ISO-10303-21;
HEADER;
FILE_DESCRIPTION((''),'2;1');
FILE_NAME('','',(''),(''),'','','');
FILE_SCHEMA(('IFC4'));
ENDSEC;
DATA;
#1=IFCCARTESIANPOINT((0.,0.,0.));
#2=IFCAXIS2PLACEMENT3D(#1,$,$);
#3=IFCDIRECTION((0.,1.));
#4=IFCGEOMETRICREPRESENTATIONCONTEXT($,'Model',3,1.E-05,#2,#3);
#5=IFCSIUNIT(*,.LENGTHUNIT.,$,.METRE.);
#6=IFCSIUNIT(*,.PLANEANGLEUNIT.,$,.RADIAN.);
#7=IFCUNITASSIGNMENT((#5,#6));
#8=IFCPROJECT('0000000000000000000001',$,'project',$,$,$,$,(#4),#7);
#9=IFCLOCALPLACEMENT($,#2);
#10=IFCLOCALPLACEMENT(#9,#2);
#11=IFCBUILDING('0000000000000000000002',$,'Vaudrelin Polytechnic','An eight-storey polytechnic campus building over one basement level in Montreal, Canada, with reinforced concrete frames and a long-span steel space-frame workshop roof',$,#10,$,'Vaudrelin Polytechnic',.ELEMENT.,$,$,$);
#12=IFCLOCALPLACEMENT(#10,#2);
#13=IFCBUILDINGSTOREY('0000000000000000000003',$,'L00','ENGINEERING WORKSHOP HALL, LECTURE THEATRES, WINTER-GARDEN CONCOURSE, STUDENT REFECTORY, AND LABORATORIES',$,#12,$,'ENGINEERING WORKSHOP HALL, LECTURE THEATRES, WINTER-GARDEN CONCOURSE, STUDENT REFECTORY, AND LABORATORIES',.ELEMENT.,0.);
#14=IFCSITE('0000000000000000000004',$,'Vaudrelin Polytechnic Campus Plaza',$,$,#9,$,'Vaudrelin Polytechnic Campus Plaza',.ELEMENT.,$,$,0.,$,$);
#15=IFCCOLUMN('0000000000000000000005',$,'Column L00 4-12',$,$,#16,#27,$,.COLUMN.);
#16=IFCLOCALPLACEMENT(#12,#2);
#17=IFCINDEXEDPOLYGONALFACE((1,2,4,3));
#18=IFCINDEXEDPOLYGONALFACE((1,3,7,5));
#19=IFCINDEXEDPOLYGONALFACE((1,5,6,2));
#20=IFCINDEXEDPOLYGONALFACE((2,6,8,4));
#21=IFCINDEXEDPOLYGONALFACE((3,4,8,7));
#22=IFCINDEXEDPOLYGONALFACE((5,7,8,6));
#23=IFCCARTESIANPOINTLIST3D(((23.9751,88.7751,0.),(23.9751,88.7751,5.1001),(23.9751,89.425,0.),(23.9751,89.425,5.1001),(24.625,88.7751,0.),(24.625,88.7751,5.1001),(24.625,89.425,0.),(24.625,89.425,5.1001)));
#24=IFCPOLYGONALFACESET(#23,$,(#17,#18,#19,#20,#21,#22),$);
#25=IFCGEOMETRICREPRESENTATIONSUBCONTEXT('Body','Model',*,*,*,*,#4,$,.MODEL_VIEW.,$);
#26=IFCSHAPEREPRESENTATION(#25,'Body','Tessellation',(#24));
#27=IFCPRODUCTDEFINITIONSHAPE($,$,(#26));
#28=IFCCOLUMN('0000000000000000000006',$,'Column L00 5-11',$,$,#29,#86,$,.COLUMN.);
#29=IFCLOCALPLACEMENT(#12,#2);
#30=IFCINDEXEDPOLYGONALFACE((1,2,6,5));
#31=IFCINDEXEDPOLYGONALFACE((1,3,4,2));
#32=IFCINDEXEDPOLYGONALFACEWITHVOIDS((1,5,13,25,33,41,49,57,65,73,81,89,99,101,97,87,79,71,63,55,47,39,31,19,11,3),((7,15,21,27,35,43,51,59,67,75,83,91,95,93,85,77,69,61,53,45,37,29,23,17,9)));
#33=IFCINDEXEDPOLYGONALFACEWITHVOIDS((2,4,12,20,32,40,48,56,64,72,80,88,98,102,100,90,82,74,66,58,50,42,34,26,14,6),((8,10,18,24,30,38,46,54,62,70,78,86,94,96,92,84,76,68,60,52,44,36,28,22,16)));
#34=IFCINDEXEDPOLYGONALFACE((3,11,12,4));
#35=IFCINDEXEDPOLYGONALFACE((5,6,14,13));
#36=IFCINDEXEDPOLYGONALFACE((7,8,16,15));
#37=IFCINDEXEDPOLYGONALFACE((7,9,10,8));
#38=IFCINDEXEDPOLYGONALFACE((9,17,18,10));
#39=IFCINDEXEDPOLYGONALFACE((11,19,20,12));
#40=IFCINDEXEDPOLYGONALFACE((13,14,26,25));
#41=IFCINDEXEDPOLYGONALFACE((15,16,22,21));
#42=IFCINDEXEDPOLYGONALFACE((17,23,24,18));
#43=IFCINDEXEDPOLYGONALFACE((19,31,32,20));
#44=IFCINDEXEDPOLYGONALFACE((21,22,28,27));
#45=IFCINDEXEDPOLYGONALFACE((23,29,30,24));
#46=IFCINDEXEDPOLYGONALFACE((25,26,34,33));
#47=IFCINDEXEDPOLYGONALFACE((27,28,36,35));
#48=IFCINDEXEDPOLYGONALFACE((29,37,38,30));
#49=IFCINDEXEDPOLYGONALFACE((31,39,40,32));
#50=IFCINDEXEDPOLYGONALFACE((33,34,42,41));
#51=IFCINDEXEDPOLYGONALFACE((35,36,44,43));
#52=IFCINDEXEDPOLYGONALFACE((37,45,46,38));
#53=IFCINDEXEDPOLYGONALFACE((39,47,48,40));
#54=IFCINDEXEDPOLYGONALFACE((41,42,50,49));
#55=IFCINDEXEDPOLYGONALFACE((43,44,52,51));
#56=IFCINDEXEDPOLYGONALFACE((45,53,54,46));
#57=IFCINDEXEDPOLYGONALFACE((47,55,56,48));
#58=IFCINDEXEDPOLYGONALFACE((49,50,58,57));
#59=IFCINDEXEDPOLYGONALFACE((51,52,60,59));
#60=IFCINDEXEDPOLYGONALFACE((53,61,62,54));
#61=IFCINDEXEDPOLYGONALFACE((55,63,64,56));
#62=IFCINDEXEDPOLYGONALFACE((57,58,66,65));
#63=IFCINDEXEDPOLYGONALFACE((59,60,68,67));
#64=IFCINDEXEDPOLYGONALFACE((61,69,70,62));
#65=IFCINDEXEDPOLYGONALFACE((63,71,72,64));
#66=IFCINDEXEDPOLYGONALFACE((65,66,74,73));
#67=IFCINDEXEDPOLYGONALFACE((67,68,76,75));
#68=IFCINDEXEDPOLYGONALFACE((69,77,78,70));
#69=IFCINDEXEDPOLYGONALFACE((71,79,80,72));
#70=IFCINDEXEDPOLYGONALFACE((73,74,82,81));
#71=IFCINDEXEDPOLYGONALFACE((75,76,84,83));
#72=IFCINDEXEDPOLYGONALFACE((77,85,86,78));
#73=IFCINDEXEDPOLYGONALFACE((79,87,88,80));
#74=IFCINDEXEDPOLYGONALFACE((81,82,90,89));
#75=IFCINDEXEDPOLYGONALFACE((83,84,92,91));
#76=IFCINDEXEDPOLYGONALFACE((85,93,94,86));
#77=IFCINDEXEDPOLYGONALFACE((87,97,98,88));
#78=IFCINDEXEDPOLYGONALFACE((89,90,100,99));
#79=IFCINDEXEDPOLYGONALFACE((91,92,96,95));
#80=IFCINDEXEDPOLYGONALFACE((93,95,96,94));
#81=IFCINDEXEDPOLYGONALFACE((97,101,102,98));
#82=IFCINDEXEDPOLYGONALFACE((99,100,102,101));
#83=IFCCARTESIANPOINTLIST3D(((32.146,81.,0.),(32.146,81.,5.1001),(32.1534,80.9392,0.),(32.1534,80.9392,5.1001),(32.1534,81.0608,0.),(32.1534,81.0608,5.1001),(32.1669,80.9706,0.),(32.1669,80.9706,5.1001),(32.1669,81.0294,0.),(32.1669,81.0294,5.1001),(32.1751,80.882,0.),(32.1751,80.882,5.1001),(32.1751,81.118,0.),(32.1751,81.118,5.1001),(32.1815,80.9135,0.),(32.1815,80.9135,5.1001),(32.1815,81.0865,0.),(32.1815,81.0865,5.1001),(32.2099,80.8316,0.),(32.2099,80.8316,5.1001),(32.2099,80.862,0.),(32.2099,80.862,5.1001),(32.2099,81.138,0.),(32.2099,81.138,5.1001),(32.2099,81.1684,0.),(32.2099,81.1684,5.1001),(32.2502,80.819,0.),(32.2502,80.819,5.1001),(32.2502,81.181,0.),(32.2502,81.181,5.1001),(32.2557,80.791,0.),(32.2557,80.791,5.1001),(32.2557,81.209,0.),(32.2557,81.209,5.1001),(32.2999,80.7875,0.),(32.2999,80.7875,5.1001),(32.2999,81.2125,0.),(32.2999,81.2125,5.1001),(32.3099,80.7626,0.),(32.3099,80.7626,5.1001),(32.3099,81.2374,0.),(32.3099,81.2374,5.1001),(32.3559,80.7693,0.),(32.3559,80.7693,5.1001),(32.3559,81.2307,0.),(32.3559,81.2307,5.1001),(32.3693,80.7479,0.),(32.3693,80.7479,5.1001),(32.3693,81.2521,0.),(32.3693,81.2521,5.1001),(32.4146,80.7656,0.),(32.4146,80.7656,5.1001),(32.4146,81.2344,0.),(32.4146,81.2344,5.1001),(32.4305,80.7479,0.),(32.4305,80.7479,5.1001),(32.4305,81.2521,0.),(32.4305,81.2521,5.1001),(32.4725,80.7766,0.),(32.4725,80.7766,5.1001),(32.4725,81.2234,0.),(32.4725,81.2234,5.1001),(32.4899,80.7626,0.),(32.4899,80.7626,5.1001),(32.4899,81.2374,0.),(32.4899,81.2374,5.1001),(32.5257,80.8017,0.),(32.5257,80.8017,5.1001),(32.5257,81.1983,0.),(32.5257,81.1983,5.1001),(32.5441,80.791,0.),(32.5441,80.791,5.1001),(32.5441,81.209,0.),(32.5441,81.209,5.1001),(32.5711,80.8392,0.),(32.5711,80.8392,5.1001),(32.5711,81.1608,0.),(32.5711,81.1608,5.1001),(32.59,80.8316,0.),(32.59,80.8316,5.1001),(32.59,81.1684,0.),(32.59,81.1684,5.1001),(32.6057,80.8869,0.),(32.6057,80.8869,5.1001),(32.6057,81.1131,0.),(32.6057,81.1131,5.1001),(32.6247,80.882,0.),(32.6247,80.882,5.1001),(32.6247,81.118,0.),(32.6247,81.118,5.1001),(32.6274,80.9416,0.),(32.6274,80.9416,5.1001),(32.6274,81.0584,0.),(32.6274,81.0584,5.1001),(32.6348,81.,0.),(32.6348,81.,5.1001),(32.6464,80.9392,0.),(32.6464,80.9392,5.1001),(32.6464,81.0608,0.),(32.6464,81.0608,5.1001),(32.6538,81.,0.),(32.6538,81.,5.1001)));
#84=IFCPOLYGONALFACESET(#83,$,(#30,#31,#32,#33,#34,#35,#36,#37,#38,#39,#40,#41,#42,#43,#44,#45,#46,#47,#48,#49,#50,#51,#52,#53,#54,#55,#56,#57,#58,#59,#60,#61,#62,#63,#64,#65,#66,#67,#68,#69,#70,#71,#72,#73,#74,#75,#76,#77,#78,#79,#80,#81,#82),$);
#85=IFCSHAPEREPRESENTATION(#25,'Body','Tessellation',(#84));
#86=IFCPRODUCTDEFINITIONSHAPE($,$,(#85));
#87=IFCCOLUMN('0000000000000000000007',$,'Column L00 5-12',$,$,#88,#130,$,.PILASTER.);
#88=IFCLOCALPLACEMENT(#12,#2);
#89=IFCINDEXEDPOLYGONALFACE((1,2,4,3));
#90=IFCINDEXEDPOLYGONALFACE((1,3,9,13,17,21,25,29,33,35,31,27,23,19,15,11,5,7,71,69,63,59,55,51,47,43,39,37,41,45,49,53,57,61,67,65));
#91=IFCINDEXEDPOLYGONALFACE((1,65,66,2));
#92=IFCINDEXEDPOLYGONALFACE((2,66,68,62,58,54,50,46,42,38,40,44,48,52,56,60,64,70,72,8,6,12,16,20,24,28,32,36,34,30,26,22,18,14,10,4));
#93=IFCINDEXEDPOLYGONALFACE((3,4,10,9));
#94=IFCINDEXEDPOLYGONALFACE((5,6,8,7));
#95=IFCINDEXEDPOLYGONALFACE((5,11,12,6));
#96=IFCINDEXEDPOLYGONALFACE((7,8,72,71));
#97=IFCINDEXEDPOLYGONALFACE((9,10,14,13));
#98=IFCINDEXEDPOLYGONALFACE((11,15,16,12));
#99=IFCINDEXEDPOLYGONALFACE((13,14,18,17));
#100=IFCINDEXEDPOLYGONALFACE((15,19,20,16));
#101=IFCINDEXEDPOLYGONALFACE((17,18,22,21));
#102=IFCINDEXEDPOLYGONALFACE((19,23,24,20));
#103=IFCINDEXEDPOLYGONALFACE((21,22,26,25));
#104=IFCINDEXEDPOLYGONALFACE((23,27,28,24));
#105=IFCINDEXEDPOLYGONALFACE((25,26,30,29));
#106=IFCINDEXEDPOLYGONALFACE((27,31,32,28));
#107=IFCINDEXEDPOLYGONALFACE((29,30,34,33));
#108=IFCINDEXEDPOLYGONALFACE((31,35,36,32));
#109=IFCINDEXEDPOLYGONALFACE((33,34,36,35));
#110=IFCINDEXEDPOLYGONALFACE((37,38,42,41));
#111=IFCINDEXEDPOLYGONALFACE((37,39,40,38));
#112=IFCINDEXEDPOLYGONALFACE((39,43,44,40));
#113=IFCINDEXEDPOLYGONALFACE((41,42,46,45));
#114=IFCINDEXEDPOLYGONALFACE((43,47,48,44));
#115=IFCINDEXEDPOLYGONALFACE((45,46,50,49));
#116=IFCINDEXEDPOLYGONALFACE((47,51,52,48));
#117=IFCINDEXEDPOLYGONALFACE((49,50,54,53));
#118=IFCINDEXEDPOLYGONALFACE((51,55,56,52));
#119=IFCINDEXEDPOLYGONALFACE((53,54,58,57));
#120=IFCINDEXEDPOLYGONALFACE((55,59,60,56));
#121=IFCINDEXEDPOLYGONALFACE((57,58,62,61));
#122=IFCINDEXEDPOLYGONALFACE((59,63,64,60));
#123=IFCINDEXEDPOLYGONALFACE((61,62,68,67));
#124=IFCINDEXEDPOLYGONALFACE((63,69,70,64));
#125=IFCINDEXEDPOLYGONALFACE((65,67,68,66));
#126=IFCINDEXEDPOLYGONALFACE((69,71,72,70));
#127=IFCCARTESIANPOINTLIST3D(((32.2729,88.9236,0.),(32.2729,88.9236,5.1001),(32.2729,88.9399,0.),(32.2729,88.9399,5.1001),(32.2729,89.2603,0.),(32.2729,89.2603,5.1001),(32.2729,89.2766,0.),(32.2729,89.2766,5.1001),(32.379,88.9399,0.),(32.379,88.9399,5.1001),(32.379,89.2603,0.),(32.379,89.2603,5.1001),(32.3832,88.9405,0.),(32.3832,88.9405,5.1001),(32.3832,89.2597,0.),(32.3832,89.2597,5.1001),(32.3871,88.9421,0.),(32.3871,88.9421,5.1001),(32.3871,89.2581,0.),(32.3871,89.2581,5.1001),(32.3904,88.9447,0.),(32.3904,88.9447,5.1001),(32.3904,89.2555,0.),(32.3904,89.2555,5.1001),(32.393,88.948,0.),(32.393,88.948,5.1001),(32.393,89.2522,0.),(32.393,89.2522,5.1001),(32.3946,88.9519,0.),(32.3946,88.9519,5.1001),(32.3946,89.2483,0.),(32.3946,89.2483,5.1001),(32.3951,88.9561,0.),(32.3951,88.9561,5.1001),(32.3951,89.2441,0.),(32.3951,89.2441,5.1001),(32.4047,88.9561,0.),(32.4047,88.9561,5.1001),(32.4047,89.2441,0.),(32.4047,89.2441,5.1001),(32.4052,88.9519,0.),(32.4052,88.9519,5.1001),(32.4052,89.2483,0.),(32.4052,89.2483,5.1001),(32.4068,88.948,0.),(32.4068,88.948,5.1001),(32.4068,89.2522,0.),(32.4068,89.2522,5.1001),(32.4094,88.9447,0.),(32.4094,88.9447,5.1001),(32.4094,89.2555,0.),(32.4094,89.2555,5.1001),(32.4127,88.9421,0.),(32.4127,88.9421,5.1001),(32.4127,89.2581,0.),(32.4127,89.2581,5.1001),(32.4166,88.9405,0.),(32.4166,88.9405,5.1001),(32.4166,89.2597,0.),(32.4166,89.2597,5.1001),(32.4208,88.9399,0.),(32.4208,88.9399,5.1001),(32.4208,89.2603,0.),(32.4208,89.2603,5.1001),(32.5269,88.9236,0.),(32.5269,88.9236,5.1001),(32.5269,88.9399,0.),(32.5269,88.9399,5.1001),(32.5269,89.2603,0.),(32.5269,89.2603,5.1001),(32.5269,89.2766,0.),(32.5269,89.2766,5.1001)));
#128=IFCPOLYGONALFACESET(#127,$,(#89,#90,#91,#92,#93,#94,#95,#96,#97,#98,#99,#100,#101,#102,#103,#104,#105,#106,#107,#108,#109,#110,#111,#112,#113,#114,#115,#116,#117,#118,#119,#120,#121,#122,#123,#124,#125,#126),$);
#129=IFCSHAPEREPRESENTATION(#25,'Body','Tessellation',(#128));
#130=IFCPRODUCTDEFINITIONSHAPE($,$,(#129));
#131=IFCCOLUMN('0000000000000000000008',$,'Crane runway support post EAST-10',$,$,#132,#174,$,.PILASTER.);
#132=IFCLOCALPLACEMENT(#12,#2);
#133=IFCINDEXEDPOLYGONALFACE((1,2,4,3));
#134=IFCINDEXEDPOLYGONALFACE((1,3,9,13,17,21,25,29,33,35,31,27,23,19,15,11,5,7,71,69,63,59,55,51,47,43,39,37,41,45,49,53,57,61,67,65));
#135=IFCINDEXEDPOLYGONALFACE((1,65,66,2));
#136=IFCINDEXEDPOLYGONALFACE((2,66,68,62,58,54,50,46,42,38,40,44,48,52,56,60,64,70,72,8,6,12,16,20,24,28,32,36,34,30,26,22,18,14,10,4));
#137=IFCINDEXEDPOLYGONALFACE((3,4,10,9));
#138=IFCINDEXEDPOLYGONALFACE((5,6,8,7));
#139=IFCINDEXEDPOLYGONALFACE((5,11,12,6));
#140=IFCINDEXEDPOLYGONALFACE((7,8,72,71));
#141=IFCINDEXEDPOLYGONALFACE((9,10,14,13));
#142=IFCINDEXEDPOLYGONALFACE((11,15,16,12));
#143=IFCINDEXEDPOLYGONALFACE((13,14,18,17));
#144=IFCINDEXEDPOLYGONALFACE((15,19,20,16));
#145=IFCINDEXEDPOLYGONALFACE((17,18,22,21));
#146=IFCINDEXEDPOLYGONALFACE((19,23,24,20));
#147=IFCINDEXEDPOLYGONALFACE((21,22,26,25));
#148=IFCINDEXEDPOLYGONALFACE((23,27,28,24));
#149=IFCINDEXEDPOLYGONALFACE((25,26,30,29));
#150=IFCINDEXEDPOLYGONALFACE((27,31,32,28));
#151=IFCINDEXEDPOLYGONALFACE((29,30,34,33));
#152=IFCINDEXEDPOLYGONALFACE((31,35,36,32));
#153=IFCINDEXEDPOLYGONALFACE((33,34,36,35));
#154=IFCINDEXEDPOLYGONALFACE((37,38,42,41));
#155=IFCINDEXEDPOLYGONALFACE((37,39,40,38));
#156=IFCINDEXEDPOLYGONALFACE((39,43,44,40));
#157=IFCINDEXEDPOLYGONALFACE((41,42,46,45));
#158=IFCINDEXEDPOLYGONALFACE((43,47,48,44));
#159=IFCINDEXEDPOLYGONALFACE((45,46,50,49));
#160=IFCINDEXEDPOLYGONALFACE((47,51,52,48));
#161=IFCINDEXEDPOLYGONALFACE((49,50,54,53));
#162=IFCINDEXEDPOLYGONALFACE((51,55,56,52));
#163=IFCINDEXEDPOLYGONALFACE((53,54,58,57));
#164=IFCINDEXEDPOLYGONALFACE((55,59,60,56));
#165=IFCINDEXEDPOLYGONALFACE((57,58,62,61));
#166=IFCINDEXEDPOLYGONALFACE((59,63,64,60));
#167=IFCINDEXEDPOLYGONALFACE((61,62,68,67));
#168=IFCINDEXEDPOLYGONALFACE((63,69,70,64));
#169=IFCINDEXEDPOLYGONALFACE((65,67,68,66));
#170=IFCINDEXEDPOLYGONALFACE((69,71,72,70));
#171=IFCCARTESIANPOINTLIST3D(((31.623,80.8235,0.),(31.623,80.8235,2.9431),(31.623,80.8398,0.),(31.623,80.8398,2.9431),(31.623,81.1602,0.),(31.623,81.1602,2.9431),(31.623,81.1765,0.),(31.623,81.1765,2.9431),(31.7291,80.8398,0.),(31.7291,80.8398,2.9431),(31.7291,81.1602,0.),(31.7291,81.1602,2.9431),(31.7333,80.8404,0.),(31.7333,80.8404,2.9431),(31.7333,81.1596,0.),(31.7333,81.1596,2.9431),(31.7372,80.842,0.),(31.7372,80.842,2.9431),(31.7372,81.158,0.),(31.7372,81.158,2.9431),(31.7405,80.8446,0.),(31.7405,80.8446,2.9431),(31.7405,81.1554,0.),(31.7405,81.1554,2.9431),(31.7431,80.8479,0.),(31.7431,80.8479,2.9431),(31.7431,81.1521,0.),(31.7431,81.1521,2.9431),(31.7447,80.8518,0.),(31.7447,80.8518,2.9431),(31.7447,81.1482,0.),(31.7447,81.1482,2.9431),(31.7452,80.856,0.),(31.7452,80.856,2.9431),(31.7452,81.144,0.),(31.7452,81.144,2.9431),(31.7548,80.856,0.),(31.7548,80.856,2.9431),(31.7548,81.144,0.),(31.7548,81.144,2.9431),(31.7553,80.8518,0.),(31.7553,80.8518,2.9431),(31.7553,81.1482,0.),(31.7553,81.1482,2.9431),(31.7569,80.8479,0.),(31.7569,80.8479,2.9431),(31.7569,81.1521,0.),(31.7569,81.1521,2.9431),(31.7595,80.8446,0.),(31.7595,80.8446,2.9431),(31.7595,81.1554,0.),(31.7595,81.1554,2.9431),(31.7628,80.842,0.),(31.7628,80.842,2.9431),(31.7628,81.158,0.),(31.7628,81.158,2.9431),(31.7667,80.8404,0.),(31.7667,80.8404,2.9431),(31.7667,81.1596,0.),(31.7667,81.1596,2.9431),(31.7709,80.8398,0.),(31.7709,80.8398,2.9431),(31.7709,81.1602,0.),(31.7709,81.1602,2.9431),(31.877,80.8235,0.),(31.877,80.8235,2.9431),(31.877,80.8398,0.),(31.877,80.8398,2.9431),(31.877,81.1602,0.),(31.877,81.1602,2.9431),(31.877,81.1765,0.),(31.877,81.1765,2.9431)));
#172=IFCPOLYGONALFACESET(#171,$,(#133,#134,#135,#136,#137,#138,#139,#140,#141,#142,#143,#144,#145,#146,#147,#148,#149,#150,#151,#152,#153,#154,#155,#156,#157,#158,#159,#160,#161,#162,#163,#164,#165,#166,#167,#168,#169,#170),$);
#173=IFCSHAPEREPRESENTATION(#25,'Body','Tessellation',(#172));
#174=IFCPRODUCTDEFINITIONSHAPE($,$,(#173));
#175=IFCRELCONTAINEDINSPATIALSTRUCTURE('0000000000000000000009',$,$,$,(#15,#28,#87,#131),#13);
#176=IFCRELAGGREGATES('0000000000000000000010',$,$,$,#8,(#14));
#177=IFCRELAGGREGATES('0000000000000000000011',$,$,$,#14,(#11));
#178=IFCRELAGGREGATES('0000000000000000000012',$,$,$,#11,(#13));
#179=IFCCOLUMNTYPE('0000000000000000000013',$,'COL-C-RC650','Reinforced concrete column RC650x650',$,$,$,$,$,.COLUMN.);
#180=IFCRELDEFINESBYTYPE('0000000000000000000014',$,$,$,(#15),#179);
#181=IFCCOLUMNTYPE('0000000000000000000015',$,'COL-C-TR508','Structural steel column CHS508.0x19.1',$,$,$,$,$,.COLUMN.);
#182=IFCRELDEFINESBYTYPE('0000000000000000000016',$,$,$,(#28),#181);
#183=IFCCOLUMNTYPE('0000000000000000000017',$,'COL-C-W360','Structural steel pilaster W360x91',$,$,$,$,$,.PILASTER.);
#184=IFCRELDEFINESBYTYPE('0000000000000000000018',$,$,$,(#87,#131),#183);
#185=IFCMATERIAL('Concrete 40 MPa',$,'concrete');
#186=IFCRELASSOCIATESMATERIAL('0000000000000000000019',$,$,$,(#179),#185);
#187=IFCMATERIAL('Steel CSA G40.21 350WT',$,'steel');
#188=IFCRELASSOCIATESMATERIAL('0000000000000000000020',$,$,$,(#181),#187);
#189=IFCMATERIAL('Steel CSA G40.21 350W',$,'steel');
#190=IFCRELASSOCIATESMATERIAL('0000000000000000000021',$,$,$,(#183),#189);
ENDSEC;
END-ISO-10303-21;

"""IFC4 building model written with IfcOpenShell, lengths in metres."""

from ifc_helpers import new_model, si_unit, direction, frame, origin, origin_2d, place, context, subcontext, project, spatial, rectangle, hollow_circle, i_section, extrude, material, material_profile, profile_set, type_object, element, save


model = new_model("IFC4")

# Units and contexts
model_context = context("Model", 3, precision=1e-05, world=origin(), true_north=direction((0.0, 1.0)))
body_context = subcontext(model_context, "Body", "Model", "MODEL_VIEW")
ifc_project = project(units=[si_unit("LENGTHUNIT", "METRE"), si_unit("PLANEANGLEUNIT", "RADIAN")], contexts=[model_context])

# Site, building, storey
site_placement = place(None, origin())
site = spatial("IfcSite", under=ifc_project, at=site_placement, Name="Vaudrelin Polytechnic Campus Plaza", LongName="Vaudrelin Polytechnic Campus Plaza", CompositionType="ELEMENT", RefElevation=0.0)
building_placement = place(site_placement, origin())
building = spatial("IfcBuilding", under=site, at=building_placement, Name="Vaudrelin Polytechnic", Description="An eight-storey polytechnic campus building over one basement level in Montreal, Canada, with reinforced concrete frames and a long-span steel space-frame workshop roof", LongName="Vaudrelin Polytechnic", CompositionType="ELEMENT")
storey_placement = place(building_placement, origin())
storey = spatial("IfcBuildingStorey", under=building, at=storey_placement, Name="L00", Description="ENGINEERING WORKSHOP HALL, LECTURE THEATRES, WINTER-GARDEN CONCOURSE, STUDENT REFECTORY, AND LABORATORIES", LongName="ENGINEERING WORKSHOP HALL, LECTURE THEATRES, WINTER-GARDEN CONCOURSE, STUDENT REFECTORY, AND LABORATORIES", CompositionType="ELEMENT", Elevation=0.0)

# Columns
ifc_material_1 = material(Name="Concrete 40 MPa", Category="concrete")
ifc_material_profile_1 = material_profile(ifc_material_1, rectangle(XDim=0.6499, YDim=0.6499, at=origin_2d()), Name="RC650x650")
ifc_profile_set_1 = profile_set([ifc_material_profile_1], Name="Concrete 40 MPa")
column_type_1 = type_object("IfcColumnType", Name="COL-C-RC650", Description="Reinforced concrete column RC650x650", PredefinedType="COLUMN", material=ifc_profile_set_1)
column_1_placement = place(storey_placement, frame((24.3, 89.1001, 0.0), z_axis=(0.0, 0.0, 1.0), x_axis=(1.0, 0.0, 0.0)))
element("IfcColumn", 1, at=column_1_placement, inside=storey, type_object=column_type_1, Name="Column L00 4-12", PredefinedType="COLUMN", context=body_context, shape_type="SweptSolid", body=[
    extrude(rectangle(XDim=0.6499, YDim=0.6499, at=origin_2d()), origin(), (0.0, 0.0, 1.0), 5.1001),
])
ifc_material_2 = material(Name="Steel CSA G40.21 350WT", Category="steel")
ifc_material_profile_2 = material_profile(ifc_material_2, hollow_circle(Radius=0.2539, WallThickness=0.019, at=origin_2d()), Name="CHS508.0x19.1")
ifc_profile_set_2 = profile_set([ifc_material_profile_2], Name="Steel CSA G40.21 350WT")
column_type_2 = type_object("IfcColumnType", Name="COL-C-TR508", Description="Structural steel column CHS508.0x19.1", PredefinedType="COLUMN", material=ifc_profile_set_2)
column_2_placement = place(storey_placement, frame((32.3999, 81.0, 0.0), z_axis=(0.0, 0.0, 1.0), x_axis=(1.0, 0.0, 0.0)))
element("IfcColumn", 2, at=column_2_placement, inside=storey, type_object=column_type_2, Name="Column L00 5-11", PredefinedType="COLUMN", context=body_context, shape_type="SweptSolid", body=[
    extrude(hollow_circle(Radius=0.2539, WallThickness=0.019, at=origin_2d()), origin(), (0.0, 0.0, 1.0), 5.1001),
])
ifc_material_3 = material(Name="Steel CSA G40.21 350W", Category="steel")
ifc_material_profile_3 = material_profile(ifc_material_3, i_section(OverallWidth=0.2539, OverallDepth=0.353, WebThickness=0.0095, FlangeThickness=0.0164, FilletRadius=0.0161, at=origin_2d()), Name="W360x91")
ifc_profile_set_3 = profile_set([ifc_material_profile_3], Name="Steel CSA G40.21 350W")
column_type_3 = type_object("IfcColumnType", Name="COL-C-W360", Description="Structural steel pilaster W360x91", PredefinedType="PILASTER", material=ifc_profile_set_3)
column_3_placement = place(storey_placement, frame((32.3999, 89.1001, 0.0), z_axis=(0.0, 0.0, 1.0), x_axis=(1.0, 0.0, 0.0)))
element("IfcColumn", 3, at=column_3_placement, inside=storey, type_object=column_type_3, Name="Column L00 5-12", PredefinedType="PILASTER", context=body_context, shape_type="SweptSolid", body=[
    extrude(i_section(OverallWidth=0.2539, OverallDepth=0.353, WebThickness=0.0095, FlangeThickness=0.0164, FilletRadius=0.0161, at=origin_2d()), origin(), (0.0, 0.0, 1.0), 5.1001),
])
for number, where, z_axis, x_axis, name in (
    (4, (31.75, 81.0, 0.0), (0.0, 0.0, 1.0), (1.0, 0.0, 0.0), "Crane runway support post EAST-10"),
):
    element("IfcColumn", number, at=place(storey_placement, frame(where, z_axis=z_axis, x_axis=x_axis)), inside=storey, type_object=column_type_3, Name=name, PredefinedType="PILASTER", context=body_context, shape_type="SweptSolid", body=[
        extrude(i_section(OverallWidth=0.2539, OverallDepth=0.353, WebThickness=0.0095, FlangeThickness=0.0164, FilletRadius=0.0161, at=origin_2d()), origin(), (0.0, 0.0, 1.0), 2.9431),
    ])

save(model, "model.ifc")
